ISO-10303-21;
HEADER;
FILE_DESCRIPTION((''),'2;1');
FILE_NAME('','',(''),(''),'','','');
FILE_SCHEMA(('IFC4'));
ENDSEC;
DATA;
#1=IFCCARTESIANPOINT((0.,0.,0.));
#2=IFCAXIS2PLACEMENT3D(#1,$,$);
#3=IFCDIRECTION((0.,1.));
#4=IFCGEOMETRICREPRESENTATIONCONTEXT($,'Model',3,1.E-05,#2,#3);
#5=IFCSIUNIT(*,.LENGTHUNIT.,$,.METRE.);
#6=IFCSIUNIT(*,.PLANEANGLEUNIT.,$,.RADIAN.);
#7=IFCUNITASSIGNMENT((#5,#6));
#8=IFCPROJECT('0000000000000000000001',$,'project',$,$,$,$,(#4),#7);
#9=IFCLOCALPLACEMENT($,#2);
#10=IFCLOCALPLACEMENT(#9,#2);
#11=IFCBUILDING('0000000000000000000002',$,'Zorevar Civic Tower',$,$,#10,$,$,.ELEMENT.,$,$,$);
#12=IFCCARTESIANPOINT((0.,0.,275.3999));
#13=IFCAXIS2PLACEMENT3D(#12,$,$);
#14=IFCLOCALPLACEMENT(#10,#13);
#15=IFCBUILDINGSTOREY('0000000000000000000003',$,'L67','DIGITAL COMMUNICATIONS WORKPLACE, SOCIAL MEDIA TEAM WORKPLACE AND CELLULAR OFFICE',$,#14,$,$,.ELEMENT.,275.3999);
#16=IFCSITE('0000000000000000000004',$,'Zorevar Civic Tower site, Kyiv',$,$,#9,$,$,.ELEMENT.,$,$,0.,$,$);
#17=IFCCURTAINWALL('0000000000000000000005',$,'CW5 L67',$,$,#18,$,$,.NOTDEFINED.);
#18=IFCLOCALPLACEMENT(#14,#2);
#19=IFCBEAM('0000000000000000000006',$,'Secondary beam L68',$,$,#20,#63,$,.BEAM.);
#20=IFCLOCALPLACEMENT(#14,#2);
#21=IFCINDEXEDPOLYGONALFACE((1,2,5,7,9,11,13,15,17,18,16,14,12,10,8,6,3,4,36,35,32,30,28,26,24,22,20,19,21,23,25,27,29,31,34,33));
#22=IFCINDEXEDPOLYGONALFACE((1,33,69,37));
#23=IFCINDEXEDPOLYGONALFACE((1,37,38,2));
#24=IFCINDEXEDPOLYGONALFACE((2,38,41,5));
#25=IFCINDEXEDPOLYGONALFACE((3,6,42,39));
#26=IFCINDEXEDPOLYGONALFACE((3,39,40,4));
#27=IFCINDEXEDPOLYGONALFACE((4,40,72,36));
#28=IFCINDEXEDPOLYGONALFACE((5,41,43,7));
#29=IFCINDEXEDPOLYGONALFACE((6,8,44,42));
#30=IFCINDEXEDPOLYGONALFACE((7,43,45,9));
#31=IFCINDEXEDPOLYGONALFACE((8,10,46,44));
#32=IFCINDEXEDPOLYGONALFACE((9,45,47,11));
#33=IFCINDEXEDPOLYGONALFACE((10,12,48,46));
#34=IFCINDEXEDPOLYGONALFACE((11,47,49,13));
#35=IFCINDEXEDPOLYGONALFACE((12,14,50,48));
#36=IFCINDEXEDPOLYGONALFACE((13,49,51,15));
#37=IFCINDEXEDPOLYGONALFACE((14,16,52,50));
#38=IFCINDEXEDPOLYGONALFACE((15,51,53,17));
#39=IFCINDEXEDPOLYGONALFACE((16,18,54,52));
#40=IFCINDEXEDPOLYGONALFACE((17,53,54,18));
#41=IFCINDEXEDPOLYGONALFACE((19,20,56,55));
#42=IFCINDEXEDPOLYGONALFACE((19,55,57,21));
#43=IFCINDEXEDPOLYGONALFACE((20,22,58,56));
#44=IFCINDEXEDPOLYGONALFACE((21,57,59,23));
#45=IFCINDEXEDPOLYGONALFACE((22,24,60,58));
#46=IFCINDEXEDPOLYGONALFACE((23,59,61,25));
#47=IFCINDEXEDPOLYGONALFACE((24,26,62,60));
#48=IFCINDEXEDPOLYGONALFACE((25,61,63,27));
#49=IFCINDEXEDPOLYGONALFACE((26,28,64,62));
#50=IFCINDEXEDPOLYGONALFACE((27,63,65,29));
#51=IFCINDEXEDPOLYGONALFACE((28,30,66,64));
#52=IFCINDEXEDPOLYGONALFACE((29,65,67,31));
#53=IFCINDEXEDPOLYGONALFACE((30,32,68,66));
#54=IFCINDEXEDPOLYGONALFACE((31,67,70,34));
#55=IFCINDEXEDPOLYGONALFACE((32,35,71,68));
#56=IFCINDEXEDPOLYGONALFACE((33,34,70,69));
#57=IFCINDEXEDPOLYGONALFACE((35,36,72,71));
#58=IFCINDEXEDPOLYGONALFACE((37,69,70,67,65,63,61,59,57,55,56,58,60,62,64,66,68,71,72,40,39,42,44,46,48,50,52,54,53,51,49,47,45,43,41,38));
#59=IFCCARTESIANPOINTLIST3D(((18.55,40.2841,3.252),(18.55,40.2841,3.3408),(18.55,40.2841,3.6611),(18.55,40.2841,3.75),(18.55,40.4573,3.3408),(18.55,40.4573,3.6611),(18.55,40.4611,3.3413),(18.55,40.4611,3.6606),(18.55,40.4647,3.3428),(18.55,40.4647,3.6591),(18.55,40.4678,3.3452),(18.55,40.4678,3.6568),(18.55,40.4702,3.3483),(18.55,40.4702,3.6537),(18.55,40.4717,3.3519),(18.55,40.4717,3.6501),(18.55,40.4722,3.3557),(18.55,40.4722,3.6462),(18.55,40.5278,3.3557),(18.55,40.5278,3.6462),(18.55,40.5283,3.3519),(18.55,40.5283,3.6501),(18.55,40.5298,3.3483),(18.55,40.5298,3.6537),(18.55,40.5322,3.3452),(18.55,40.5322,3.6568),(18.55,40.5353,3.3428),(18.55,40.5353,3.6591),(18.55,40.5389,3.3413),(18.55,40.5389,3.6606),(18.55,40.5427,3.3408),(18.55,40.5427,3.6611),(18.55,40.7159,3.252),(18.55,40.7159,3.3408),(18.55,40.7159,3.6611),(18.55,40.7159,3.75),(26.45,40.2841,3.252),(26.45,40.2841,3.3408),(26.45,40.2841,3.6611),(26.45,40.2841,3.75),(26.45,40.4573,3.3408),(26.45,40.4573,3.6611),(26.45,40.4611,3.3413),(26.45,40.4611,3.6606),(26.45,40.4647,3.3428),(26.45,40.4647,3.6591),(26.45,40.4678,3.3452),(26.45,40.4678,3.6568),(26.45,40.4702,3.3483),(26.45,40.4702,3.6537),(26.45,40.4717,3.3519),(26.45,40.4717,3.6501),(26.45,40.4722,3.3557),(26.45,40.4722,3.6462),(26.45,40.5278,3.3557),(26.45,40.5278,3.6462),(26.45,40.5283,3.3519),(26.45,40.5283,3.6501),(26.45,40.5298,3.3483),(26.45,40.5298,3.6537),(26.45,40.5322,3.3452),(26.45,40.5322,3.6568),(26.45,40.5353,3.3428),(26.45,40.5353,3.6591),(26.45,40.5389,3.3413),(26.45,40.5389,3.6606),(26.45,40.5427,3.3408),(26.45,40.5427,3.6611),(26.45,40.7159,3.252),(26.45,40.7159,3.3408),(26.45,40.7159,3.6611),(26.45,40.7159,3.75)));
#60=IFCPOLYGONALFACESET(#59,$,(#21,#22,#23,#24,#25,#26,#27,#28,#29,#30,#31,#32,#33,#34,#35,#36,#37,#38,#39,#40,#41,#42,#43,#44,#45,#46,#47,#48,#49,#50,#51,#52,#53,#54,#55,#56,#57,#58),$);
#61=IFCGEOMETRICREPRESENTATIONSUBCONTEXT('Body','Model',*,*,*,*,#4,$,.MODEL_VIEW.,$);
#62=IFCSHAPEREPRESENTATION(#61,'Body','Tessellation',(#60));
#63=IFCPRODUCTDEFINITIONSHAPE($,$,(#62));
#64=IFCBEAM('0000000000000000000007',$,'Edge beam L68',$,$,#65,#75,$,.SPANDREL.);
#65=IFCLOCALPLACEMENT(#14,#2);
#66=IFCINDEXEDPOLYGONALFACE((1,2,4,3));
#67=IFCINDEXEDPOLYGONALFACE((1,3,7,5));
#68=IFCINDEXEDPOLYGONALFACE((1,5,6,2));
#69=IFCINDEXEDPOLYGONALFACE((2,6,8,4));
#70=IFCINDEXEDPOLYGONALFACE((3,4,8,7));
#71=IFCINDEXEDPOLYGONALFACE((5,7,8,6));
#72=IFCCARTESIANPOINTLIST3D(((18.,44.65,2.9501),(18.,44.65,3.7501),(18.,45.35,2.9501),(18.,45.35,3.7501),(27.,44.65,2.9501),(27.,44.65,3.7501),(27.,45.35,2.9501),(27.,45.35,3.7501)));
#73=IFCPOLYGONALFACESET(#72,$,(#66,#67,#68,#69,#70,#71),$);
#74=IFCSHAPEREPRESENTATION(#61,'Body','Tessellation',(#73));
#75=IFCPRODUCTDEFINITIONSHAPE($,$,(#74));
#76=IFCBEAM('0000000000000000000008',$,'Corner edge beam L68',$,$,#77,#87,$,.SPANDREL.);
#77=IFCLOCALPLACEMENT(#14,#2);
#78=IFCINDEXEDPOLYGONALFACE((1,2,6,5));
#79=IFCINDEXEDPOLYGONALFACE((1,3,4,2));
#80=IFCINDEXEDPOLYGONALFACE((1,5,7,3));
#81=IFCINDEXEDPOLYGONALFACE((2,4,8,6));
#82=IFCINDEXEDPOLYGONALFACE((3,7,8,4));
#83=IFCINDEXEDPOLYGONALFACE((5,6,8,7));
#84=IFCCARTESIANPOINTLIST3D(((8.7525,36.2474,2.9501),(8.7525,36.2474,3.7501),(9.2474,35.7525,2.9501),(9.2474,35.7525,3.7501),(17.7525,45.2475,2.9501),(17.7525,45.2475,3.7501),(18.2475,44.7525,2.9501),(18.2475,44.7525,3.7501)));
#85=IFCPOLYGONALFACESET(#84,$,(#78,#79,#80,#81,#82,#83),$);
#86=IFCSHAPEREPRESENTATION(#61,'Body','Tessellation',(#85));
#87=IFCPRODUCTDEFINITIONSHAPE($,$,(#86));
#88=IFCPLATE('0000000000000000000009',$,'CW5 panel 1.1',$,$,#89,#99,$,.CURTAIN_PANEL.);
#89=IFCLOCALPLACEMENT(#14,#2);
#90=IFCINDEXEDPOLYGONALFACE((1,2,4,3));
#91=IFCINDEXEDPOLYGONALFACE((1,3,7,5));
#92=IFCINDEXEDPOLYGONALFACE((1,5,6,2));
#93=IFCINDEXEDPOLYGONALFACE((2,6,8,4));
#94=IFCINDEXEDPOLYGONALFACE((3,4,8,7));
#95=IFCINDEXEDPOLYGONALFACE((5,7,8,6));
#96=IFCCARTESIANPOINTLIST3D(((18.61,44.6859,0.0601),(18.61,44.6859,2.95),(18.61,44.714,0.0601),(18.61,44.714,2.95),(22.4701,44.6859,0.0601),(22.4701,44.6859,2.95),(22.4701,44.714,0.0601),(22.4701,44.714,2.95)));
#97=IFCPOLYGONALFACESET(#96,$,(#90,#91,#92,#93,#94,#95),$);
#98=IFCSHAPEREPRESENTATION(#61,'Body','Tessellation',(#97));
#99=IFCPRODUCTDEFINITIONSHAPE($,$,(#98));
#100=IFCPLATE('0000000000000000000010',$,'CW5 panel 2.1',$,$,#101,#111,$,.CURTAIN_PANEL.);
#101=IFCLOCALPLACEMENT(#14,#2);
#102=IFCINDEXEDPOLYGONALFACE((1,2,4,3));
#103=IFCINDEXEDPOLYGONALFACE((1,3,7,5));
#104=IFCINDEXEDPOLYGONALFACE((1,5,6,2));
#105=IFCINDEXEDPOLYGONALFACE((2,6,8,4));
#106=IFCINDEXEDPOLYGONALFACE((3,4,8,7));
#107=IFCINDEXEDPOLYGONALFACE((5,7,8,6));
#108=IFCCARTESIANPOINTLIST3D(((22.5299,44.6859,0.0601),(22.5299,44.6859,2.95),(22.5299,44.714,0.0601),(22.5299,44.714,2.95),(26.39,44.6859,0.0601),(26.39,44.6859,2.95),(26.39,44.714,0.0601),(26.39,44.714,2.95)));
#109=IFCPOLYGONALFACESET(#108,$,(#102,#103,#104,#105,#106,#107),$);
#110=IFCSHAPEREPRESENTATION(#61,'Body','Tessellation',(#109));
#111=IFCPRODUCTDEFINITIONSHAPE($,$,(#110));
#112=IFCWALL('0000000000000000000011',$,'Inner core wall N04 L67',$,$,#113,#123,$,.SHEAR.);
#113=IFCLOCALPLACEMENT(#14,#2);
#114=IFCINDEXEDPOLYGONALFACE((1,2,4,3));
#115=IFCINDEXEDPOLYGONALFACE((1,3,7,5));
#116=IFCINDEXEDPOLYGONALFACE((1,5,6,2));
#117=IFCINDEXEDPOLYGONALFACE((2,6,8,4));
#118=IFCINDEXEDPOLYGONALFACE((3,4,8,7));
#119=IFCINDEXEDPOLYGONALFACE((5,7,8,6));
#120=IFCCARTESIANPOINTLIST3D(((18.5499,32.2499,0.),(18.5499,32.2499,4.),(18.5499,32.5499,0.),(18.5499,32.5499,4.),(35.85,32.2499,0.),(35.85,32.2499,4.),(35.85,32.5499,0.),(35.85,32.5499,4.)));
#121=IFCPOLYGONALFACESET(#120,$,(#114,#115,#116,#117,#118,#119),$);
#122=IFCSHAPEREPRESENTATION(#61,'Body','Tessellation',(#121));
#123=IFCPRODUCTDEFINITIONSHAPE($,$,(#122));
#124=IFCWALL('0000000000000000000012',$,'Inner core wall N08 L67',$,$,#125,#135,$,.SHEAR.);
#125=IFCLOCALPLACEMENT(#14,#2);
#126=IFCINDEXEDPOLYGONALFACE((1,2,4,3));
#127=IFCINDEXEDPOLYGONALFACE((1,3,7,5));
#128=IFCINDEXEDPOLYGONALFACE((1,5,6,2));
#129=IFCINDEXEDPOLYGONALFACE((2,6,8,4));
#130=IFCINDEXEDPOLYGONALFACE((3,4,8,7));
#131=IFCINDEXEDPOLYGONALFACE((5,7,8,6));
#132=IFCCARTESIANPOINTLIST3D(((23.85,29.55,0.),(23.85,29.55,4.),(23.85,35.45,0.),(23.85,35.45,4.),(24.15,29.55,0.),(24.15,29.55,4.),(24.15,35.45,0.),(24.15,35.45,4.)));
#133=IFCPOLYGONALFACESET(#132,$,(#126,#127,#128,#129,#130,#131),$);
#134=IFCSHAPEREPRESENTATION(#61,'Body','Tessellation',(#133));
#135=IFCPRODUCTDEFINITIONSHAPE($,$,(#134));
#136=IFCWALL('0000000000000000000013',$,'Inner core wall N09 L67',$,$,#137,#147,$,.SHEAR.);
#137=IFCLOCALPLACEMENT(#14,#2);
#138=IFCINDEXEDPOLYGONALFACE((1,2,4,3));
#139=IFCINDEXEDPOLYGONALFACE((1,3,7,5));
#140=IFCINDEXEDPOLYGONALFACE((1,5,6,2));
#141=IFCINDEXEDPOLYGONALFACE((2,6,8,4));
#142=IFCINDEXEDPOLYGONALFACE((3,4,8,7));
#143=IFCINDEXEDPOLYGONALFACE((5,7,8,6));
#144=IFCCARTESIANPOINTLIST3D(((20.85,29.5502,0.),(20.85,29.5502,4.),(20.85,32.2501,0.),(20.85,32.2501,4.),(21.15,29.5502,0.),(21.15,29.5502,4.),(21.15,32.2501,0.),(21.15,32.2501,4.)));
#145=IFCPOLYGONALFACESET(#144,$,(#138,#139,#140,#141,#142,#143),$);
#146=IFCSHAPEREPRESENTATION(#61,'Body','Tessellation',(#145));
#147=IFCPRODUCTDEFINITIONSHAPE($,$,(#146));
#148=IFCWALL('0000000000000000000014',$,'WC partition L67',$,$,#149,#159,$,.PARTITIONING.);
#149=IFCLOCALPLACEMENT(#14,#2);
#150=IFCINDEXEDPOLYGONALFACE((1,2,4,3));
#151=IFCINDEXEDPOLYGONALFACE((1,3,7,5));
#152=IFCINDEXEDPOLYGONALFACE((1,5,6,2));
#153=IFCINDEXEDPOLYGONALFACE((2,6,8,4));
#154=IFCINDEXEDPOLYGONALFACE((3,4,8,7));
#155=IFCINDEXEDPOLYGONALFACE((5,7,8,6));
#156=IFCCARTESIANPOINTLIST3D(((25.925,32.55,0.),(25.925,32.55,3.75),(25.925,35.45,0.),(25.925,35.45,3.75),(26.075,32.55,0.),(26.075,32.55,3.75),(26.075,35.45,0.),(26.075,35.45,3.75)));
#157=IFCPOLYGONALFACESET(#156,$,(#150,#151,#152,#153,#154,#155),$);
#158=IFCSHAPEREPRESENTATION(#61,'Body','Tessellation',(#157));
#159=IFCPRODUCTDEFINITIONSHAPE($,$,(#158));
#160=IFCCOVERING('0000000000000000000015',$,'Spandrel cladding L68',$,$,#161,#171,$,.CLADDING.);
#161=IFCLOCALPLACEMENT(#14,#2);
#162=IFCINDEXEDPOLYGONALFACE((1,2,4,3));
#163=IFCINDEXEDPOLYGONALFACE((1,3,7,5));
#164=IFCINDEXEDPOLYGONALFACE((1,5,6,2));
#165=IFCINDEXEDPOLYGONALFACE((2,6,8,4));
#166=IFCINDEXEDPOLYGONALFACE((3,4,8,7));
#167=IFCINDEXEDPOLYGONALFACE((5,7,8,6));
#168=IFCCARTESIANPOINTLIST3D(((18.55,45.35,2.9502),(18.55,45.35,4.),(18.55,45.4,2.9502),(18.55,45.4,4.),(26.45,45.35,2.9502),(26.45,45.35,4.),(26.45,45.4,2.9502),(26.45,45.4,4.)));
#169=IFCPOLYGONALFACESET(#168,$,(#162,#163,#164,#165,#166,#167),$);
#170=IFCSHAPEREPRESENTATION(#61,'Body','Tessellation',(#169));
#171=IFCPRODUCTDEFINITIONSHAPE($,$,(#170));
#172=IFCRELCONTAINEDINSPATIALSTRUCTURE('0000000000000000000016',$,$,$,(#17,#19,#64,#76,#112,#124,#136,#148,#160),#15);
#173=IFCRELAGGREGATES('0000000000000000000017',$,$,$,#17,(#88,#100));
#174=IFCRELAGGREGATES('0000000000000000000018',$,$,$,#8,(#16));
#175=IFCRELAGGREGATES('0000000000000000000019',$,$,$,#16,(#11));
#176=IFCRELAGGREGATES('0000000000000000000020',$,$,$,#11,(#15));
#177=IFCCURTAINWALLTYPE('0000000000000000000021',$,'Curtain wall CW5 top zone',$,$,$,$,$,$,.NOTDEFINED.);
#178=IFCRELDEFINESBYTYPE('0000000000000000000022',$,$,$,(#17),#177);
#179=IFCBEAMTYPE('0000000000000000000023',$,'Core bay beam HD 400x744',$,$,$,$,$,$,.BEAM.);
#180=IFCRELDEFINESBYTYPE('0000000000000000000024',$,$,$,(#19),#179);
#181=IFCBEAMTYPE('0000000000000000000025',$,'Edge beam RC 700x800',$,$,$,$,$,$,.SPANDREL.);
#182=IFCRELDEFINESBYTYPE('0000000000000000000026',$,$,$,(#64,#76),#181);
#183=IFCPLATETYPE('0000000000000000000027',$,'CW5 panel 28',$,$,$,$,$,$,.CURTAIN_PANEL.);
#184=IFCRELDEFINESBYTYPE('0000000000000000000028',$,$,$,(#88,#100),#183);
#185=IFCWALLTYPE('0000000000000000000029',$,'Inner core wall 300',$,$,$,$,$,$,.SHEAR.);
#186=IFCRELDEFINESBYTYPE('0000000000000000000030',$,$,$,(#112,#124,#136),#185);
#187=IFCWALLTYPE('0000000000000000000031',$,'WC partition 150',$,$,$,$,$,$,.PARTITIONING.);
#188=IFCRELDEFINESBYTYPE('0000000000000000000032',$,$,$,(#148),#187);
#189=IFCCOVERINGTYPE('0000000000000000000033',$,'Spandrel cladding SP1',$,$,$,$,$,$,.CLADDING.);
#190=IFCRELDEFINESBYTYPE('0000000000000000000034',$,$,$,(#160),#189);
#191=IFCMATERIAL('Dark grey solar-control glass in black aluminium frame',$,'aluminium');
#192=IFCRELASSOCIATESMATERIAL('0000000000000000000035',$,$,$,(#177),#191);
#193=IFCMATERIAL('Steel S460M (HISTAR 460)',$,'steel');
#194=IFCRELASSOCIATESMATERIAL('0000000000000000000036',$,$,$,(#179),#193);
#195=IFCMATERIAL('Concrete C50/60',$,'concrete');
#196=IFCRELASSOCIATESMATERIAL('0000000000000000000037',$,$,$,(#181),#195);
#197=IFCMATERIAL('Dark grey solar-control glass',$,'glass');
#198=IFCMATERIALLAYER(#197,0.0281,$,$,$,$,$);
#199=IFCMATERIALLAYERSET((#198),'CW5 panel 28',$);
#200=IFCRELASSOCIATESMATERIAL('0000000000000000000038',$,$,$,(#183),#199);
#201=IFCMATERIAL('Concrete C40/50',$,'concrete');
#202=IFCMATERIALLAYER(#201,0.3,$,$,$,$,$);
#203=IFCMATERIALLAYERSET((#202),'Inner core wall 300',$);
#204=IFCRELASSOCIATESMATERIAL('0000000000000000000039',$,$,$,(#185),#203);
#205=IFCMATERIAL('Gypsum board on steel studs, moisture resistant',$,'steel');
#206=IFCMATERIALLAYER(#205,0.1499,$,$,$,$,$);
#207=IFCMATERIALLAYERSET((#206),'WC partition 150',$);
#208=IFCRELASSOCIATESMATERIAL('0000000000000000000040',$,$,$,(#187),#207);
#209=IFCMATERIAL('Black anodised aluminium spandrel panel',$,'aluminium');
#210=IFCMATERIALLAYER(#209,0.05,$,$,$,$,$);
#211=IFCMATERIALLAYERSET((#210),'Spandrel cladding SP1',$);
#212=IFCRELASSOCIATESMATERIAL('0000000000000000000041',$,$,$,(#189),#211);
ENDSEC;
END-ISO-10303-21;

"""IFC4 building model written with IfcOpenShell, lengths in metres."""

from ifc_helpers import new_model, si_unit, direction, frame, frame_2d, origin, origin_2d, place, context, subcontext, project, spatial, rectangle, i_section, extrude, material, layer, layer_set, material_profile, profile_set, type_object, element, aggregate, save


model = new_model("IFC4")

# Units and contexts
model_context = context("Model", 3, precision=1e-05, world=origin(), true_north=direction((0.0, 1.0)))
body_context = subcontext(model_context, "Body", "Model", "MODEL_VIEW")
ifc_project = project(units=[si_unit("LENGTHUNIT", "METRE"), si_unit("PLANEANGLEUNIT", "RADIAN")], contexts=[model_context])

# Site, building, storey
site_placement = place(None, origin())
site = spatial("IfcSite", under=ifc_project, at=site_placement, Name="Zorevar Civic Tower site, Kyiv", CompositionType="ELEMENT", RefElevation=0.0)
building_placement = place(site_placement, origin())
building = spatial("IfcBuilding", under=site, at=building_placement, Name="Zorevar Civic Tower", CompositionType="ELEMENT")
storey_placement = place(building_placement, frame((0.0, 0.0, 275.3999)))
storey = spatial("IfcBuildingStorey", under=building, at=storey_placement, Name="L67", Description="DIGITAL COMMUNICATIONS WORKPLACE, SOCIAL MEDIA TEAM WORKPLACE AND CELLULAR OFFICE", CompositionType="ELEMENT", Elevation=275.3999)

# Curtain wall
ifc_material_1 = material(Name="Dark grey solar-control glass in black aluminium frame", Category="aluminium")
curtain_wall_type = type_object("IfcCurtainWallType", Name="Curtain wall CW5 top zone", PredefinedType="NOTDEFINED", material=ifc_material_1)
curtain_wall_1_placement = place(storey_placement, origin())
curtain_wall_1 = element("IfcCurtainWall", 1, at=curtain_wall_1_placement, inside=storey, type_object=curtain_wall_type, Name="CW5 L67", PredefinedType="NOTDEFINED")

# Beams
ifc_material_2 = material(Name="Steel S460M (HISTAR 460)", Category="steel")
ifc_material_profile_1 = material_profile(ifc_material_2, i_section(OverallWidth=0.4319, OverallDepth=0.498, WebThickness=0.0557, FlangeThickness=0.0889, FilletRadius=0.0149, at=origin_2d()), Name="HD 400x744")
ifc_profile_set_1 = profile_set([ifc_material_profile_1], Name="Steel S460M (HISTAR 460)")
beam_type_1 = type_object("IfcBeamType", Name="Core bay beam HD 400x744", PredefinedType="BEAM", material=ifc_profile_set_1)
beam_1_placement = place(storey_placement, frame((18.55, 40.5, 3.501), z_axis=(1.0, 0.0, 0.0), x_axis=(0.0, 1.0, 0.0)))
element("IfcBeam", 2, at=beam_1_placement, inside=storey, type_object=beam_type_1, Name="Secondary beam L68", PredefinedType="BEAM", context=body_context, shape_type="SweptSolid", body=[
    extrude(i_section(OverallWidth=0.4319, OverallDepth=0.498, WebThickness=0.0557, FlangeThickness=0.0889, FilletRadius=0.0149, at=origin_2d()), origin(), (0.0, 0.0, 1.0), 7.8999),
])
ifc_material_3 = material(Name="Concrete C50/60", Category="concrete")
ifc_material_profile_2 = material_profile(ifc_material_3, rectangle(XDim=0.7, YDim=0.8, at=origin_2d()), Name="RC 700x800")
ifc_profile_set_2 = profile_set([ifc_material_profile_2], Name="Concrete C50/60")
beam_type_2 = type_object("IfcBeamType", Name="Edge beam RC 700x800", PredefinedType="SPANDREL", material=ifc_profile_set_2)
beam_2_placement = place(storey_placement, frame((18.0, 45.0, 3.3501), z_axis=(1.0, 0.0, 0.0), x_axis=(0.0, 1.0, 0.0)))
element("IfcBeam", 3, at=beam_2_placement, inside=storey, type_object=beam_type_2, Name="Edge beam L68", PredefinedType="SPANDREL", context=body_context, shape_type="SweptSolid", body=[
    extrude(rectangle(XDim=0.7, YDim=0.8, at=origin_2d()), origin(), (0.0, 0.0, 1.0), 9.0),
])
beam_3_placement = place(storey_placement, frame((18.0, 45.0, 3.3501), z_axis=(-0.707107, -0.707107, 0.0), x_axis=(0.707107, -0.707107, 0.0)))
element("IfcBeam", 4, at=beam_3_placement, inside=storey, type_object=beam_type_2, Name="Corner edge beam L68", PredefinedType="SPANDREL", context=body_context, shape_type="SweptSolid", body=[
    extrude(rectangle(XDim=0.7, YDim=0.8, at=origin_2d()), origin(), (0.0, 0.0, 1.0), 12.728),
])

# Plates
ifc_material_4 = material(Name="Dark grey solar-control glass", Category="glass")
ifc_layer_1 = layer(ifc_material_4, 0.0281)
ifc_layer_set_1 = layer_set([ifc_layer_1], Name="CW5 panel 28")
plate_type = type_object("IfcPlateType", Name="CW5 panel 28", PredefinedType="CURTAIN_PANEL", material=ifc_layer_set_1)
plate_1_placement = place(storey_placement, frame((20.54, 44.7, 0.0601), z_axis=(0.0, 0.0, 1.0), x_axis=(1.0, 0.0, 0.0)))
plate_1 = element("IfcPlate", 5, at=plate_1_placement, type_object=plate_type, Name="CW5 panel 1.1", PredefinedType="CURTAIN_PANEL", context=body_context, shape_type="SweptSolid", body=[
    extrude(rectangle(XDim=3.8601, YDim=0.0281, at=origin_2d()), origin(), (0.0, 0.0, 1.0), 2.8899),
])
plate_2_placement = place(storey_placement, frame((24.46, 44.7, 0.0601), z_axis=(0.0, 0.0, 1.0), x_axis=(1.0, 0.0, 0.0)))
plate_2 = element("IfcPlate", 6, at=plate_2_placement, type_object=plate_type, Name="CW5 panel 2.1", PredefinedType="CURTAIN_PANEL", context=body_context, shape_type="SweptSolid", body=[
    extrude(rectangle(XDim=3.8601, YDim=0.0281, at=origin_2d()), origin(), (0.0, 0.0, 1.0), 2.8899),
])
aggregate(curtain_wall_1, [plate_1, plate_2])

# Walls
ifc_material_5 = material(Name="Concrete C40/50", Category="concrete")
ifc_layer_2 = layer(ifc_material_5, 0.3)
ifc_layer_set_2 = layer_set([ifc_layer_2], Name="Inner core wall 300")
wall_type_1 = type_object("IfcWallType", Name="Inner core wall 300", PredefinedType="SHEAR", material=ifc_layer_set_2)
wall_1_placement = place(storey_placement, frame((18.55, 32.3999, 0.0), z_axis=(0.0, 0.0, 1.0), x_axis=(1.0, 0.0, 0.0)))
element("IfcWall", 7, at=wall_1_placement, inside=storey, type_object=wall_type_1, Name="Inner core wall N04 L67", PredefinedType="SHEAR", context=body_context, shape_type="SweptSolid", body=[
    extrude(rectangle(XDim=17.3, YDim=0.3, at=frame_2d((8.6499, 0.0))), origin(), (0.0, 0.0, 1.0), 4.0),
])
wall_2_placement = place(storey_placement, frame((24.0, 29.55, 0.0), z_axis=(0.0, 0.0, 1.0), x_axis=(0.0, 1.0, 0.0)))
element("IfcWall", 8, at=wall_2_placement, inside=storey, type_object=wall_type_1, Name="Inner core wall N08 L67", PredefinedType="SHEAR", context=body_context, shape_type="SweptSolid", body=[
    extrude(rectangle(XDim=5.8999, YDim=0.3, at=frame_2d((2.95, 0.0))), origin(), (0.0, 0.0, 1.0), 4.0),
])
wall_3_placement = place(storey_placement, frame((21.0, 29.55, 0.0), z_axis=(0.0, 0.0, 1.0), x_axis=(0.0, 1.0, 0.0)))
element("IfcWall", 9, at=wall_3_placement, inside=storey, type_object=wall_type_1, Name="Inner core wall N09 L67", PredefinedType="SHEAR", context=body_context, shape_type="SweptSolid", body=[
    extrude(rectangle(XDim=2.7, YDim=0.3, at=frame_2d((1.3501, 0.0))), origin(), (0.0, 0.0, 1.0), 4.0),
])
ifc_material_6 = material(Name="Gypsum board on steel studs, moisture resistant", Category="steel")
ifc_layer_3 = layer(ifc_material_6, 0.1499)
ifc_layer_set_3 = layer_set([ifc_layer_3], Name="WC partition 150")
wall_type_2 = type_object("IfcWallType", Name="WC partition 150", PredefinedType="PARTITIONING", material=ifc_layer_set_3)
wall_4_placement = place(storey_placement, frame((26.0, 32.55, 0.0), z_axis=(0.0, 0.0, 1.0), x_axis=(0.0, 1.0, 0.0)))
element("IfcWall", 10, at=wall_4_placement, inside=storey, type_object=wall_type_2, Name="WC partition L67", PredefinedType="PARTITIONING", context=body_context, shape_type="SweptSolid", body=[
    extrude(rectangle(XDim=2.8999, YDim=0.1499, at=frame_2d((1.45, 0.0))), origin(), (0.0, 0.0, 1.0), 3.75),
])

# Covering
ifc_material_7 = material(Name="Black anodised aluminium spandrel panel", Category="aluminium")
ifc_layer_4 = layer(ifc_material_7, 0.05)
ifc_layer_set_4 = layer_set([ifc_layer_4], Name="Spandrel cladding SP1")
covering_type = type_object("IfcCoveringType", Name="Spandrel cladding SP1", PredefinedType="CLADDING", material=ifc_layer_set_4)
covering_placement = place(storey_placement, frame((18.55, 45.375, 2.9502), z_axis=(0.0, 0.0, 1.0), x_axis=(1.0, 0.0, 0.0)))
element("IfcCovering", 11, at=covering_placement, inside=storey, type_object=covering_type, Name="Spandrel cladding L68", PredefinedType="CLADDING", context=body_context, shape_type="SweptSolid", body=[
    extrude(rectangle(XDim=7.8999, YDim=0.05, at=frame_2d((3.95, 0.0))), origin(), (0.0, 0.0, 1.0), 1.0498),
])

save(model, "model.ifc")
